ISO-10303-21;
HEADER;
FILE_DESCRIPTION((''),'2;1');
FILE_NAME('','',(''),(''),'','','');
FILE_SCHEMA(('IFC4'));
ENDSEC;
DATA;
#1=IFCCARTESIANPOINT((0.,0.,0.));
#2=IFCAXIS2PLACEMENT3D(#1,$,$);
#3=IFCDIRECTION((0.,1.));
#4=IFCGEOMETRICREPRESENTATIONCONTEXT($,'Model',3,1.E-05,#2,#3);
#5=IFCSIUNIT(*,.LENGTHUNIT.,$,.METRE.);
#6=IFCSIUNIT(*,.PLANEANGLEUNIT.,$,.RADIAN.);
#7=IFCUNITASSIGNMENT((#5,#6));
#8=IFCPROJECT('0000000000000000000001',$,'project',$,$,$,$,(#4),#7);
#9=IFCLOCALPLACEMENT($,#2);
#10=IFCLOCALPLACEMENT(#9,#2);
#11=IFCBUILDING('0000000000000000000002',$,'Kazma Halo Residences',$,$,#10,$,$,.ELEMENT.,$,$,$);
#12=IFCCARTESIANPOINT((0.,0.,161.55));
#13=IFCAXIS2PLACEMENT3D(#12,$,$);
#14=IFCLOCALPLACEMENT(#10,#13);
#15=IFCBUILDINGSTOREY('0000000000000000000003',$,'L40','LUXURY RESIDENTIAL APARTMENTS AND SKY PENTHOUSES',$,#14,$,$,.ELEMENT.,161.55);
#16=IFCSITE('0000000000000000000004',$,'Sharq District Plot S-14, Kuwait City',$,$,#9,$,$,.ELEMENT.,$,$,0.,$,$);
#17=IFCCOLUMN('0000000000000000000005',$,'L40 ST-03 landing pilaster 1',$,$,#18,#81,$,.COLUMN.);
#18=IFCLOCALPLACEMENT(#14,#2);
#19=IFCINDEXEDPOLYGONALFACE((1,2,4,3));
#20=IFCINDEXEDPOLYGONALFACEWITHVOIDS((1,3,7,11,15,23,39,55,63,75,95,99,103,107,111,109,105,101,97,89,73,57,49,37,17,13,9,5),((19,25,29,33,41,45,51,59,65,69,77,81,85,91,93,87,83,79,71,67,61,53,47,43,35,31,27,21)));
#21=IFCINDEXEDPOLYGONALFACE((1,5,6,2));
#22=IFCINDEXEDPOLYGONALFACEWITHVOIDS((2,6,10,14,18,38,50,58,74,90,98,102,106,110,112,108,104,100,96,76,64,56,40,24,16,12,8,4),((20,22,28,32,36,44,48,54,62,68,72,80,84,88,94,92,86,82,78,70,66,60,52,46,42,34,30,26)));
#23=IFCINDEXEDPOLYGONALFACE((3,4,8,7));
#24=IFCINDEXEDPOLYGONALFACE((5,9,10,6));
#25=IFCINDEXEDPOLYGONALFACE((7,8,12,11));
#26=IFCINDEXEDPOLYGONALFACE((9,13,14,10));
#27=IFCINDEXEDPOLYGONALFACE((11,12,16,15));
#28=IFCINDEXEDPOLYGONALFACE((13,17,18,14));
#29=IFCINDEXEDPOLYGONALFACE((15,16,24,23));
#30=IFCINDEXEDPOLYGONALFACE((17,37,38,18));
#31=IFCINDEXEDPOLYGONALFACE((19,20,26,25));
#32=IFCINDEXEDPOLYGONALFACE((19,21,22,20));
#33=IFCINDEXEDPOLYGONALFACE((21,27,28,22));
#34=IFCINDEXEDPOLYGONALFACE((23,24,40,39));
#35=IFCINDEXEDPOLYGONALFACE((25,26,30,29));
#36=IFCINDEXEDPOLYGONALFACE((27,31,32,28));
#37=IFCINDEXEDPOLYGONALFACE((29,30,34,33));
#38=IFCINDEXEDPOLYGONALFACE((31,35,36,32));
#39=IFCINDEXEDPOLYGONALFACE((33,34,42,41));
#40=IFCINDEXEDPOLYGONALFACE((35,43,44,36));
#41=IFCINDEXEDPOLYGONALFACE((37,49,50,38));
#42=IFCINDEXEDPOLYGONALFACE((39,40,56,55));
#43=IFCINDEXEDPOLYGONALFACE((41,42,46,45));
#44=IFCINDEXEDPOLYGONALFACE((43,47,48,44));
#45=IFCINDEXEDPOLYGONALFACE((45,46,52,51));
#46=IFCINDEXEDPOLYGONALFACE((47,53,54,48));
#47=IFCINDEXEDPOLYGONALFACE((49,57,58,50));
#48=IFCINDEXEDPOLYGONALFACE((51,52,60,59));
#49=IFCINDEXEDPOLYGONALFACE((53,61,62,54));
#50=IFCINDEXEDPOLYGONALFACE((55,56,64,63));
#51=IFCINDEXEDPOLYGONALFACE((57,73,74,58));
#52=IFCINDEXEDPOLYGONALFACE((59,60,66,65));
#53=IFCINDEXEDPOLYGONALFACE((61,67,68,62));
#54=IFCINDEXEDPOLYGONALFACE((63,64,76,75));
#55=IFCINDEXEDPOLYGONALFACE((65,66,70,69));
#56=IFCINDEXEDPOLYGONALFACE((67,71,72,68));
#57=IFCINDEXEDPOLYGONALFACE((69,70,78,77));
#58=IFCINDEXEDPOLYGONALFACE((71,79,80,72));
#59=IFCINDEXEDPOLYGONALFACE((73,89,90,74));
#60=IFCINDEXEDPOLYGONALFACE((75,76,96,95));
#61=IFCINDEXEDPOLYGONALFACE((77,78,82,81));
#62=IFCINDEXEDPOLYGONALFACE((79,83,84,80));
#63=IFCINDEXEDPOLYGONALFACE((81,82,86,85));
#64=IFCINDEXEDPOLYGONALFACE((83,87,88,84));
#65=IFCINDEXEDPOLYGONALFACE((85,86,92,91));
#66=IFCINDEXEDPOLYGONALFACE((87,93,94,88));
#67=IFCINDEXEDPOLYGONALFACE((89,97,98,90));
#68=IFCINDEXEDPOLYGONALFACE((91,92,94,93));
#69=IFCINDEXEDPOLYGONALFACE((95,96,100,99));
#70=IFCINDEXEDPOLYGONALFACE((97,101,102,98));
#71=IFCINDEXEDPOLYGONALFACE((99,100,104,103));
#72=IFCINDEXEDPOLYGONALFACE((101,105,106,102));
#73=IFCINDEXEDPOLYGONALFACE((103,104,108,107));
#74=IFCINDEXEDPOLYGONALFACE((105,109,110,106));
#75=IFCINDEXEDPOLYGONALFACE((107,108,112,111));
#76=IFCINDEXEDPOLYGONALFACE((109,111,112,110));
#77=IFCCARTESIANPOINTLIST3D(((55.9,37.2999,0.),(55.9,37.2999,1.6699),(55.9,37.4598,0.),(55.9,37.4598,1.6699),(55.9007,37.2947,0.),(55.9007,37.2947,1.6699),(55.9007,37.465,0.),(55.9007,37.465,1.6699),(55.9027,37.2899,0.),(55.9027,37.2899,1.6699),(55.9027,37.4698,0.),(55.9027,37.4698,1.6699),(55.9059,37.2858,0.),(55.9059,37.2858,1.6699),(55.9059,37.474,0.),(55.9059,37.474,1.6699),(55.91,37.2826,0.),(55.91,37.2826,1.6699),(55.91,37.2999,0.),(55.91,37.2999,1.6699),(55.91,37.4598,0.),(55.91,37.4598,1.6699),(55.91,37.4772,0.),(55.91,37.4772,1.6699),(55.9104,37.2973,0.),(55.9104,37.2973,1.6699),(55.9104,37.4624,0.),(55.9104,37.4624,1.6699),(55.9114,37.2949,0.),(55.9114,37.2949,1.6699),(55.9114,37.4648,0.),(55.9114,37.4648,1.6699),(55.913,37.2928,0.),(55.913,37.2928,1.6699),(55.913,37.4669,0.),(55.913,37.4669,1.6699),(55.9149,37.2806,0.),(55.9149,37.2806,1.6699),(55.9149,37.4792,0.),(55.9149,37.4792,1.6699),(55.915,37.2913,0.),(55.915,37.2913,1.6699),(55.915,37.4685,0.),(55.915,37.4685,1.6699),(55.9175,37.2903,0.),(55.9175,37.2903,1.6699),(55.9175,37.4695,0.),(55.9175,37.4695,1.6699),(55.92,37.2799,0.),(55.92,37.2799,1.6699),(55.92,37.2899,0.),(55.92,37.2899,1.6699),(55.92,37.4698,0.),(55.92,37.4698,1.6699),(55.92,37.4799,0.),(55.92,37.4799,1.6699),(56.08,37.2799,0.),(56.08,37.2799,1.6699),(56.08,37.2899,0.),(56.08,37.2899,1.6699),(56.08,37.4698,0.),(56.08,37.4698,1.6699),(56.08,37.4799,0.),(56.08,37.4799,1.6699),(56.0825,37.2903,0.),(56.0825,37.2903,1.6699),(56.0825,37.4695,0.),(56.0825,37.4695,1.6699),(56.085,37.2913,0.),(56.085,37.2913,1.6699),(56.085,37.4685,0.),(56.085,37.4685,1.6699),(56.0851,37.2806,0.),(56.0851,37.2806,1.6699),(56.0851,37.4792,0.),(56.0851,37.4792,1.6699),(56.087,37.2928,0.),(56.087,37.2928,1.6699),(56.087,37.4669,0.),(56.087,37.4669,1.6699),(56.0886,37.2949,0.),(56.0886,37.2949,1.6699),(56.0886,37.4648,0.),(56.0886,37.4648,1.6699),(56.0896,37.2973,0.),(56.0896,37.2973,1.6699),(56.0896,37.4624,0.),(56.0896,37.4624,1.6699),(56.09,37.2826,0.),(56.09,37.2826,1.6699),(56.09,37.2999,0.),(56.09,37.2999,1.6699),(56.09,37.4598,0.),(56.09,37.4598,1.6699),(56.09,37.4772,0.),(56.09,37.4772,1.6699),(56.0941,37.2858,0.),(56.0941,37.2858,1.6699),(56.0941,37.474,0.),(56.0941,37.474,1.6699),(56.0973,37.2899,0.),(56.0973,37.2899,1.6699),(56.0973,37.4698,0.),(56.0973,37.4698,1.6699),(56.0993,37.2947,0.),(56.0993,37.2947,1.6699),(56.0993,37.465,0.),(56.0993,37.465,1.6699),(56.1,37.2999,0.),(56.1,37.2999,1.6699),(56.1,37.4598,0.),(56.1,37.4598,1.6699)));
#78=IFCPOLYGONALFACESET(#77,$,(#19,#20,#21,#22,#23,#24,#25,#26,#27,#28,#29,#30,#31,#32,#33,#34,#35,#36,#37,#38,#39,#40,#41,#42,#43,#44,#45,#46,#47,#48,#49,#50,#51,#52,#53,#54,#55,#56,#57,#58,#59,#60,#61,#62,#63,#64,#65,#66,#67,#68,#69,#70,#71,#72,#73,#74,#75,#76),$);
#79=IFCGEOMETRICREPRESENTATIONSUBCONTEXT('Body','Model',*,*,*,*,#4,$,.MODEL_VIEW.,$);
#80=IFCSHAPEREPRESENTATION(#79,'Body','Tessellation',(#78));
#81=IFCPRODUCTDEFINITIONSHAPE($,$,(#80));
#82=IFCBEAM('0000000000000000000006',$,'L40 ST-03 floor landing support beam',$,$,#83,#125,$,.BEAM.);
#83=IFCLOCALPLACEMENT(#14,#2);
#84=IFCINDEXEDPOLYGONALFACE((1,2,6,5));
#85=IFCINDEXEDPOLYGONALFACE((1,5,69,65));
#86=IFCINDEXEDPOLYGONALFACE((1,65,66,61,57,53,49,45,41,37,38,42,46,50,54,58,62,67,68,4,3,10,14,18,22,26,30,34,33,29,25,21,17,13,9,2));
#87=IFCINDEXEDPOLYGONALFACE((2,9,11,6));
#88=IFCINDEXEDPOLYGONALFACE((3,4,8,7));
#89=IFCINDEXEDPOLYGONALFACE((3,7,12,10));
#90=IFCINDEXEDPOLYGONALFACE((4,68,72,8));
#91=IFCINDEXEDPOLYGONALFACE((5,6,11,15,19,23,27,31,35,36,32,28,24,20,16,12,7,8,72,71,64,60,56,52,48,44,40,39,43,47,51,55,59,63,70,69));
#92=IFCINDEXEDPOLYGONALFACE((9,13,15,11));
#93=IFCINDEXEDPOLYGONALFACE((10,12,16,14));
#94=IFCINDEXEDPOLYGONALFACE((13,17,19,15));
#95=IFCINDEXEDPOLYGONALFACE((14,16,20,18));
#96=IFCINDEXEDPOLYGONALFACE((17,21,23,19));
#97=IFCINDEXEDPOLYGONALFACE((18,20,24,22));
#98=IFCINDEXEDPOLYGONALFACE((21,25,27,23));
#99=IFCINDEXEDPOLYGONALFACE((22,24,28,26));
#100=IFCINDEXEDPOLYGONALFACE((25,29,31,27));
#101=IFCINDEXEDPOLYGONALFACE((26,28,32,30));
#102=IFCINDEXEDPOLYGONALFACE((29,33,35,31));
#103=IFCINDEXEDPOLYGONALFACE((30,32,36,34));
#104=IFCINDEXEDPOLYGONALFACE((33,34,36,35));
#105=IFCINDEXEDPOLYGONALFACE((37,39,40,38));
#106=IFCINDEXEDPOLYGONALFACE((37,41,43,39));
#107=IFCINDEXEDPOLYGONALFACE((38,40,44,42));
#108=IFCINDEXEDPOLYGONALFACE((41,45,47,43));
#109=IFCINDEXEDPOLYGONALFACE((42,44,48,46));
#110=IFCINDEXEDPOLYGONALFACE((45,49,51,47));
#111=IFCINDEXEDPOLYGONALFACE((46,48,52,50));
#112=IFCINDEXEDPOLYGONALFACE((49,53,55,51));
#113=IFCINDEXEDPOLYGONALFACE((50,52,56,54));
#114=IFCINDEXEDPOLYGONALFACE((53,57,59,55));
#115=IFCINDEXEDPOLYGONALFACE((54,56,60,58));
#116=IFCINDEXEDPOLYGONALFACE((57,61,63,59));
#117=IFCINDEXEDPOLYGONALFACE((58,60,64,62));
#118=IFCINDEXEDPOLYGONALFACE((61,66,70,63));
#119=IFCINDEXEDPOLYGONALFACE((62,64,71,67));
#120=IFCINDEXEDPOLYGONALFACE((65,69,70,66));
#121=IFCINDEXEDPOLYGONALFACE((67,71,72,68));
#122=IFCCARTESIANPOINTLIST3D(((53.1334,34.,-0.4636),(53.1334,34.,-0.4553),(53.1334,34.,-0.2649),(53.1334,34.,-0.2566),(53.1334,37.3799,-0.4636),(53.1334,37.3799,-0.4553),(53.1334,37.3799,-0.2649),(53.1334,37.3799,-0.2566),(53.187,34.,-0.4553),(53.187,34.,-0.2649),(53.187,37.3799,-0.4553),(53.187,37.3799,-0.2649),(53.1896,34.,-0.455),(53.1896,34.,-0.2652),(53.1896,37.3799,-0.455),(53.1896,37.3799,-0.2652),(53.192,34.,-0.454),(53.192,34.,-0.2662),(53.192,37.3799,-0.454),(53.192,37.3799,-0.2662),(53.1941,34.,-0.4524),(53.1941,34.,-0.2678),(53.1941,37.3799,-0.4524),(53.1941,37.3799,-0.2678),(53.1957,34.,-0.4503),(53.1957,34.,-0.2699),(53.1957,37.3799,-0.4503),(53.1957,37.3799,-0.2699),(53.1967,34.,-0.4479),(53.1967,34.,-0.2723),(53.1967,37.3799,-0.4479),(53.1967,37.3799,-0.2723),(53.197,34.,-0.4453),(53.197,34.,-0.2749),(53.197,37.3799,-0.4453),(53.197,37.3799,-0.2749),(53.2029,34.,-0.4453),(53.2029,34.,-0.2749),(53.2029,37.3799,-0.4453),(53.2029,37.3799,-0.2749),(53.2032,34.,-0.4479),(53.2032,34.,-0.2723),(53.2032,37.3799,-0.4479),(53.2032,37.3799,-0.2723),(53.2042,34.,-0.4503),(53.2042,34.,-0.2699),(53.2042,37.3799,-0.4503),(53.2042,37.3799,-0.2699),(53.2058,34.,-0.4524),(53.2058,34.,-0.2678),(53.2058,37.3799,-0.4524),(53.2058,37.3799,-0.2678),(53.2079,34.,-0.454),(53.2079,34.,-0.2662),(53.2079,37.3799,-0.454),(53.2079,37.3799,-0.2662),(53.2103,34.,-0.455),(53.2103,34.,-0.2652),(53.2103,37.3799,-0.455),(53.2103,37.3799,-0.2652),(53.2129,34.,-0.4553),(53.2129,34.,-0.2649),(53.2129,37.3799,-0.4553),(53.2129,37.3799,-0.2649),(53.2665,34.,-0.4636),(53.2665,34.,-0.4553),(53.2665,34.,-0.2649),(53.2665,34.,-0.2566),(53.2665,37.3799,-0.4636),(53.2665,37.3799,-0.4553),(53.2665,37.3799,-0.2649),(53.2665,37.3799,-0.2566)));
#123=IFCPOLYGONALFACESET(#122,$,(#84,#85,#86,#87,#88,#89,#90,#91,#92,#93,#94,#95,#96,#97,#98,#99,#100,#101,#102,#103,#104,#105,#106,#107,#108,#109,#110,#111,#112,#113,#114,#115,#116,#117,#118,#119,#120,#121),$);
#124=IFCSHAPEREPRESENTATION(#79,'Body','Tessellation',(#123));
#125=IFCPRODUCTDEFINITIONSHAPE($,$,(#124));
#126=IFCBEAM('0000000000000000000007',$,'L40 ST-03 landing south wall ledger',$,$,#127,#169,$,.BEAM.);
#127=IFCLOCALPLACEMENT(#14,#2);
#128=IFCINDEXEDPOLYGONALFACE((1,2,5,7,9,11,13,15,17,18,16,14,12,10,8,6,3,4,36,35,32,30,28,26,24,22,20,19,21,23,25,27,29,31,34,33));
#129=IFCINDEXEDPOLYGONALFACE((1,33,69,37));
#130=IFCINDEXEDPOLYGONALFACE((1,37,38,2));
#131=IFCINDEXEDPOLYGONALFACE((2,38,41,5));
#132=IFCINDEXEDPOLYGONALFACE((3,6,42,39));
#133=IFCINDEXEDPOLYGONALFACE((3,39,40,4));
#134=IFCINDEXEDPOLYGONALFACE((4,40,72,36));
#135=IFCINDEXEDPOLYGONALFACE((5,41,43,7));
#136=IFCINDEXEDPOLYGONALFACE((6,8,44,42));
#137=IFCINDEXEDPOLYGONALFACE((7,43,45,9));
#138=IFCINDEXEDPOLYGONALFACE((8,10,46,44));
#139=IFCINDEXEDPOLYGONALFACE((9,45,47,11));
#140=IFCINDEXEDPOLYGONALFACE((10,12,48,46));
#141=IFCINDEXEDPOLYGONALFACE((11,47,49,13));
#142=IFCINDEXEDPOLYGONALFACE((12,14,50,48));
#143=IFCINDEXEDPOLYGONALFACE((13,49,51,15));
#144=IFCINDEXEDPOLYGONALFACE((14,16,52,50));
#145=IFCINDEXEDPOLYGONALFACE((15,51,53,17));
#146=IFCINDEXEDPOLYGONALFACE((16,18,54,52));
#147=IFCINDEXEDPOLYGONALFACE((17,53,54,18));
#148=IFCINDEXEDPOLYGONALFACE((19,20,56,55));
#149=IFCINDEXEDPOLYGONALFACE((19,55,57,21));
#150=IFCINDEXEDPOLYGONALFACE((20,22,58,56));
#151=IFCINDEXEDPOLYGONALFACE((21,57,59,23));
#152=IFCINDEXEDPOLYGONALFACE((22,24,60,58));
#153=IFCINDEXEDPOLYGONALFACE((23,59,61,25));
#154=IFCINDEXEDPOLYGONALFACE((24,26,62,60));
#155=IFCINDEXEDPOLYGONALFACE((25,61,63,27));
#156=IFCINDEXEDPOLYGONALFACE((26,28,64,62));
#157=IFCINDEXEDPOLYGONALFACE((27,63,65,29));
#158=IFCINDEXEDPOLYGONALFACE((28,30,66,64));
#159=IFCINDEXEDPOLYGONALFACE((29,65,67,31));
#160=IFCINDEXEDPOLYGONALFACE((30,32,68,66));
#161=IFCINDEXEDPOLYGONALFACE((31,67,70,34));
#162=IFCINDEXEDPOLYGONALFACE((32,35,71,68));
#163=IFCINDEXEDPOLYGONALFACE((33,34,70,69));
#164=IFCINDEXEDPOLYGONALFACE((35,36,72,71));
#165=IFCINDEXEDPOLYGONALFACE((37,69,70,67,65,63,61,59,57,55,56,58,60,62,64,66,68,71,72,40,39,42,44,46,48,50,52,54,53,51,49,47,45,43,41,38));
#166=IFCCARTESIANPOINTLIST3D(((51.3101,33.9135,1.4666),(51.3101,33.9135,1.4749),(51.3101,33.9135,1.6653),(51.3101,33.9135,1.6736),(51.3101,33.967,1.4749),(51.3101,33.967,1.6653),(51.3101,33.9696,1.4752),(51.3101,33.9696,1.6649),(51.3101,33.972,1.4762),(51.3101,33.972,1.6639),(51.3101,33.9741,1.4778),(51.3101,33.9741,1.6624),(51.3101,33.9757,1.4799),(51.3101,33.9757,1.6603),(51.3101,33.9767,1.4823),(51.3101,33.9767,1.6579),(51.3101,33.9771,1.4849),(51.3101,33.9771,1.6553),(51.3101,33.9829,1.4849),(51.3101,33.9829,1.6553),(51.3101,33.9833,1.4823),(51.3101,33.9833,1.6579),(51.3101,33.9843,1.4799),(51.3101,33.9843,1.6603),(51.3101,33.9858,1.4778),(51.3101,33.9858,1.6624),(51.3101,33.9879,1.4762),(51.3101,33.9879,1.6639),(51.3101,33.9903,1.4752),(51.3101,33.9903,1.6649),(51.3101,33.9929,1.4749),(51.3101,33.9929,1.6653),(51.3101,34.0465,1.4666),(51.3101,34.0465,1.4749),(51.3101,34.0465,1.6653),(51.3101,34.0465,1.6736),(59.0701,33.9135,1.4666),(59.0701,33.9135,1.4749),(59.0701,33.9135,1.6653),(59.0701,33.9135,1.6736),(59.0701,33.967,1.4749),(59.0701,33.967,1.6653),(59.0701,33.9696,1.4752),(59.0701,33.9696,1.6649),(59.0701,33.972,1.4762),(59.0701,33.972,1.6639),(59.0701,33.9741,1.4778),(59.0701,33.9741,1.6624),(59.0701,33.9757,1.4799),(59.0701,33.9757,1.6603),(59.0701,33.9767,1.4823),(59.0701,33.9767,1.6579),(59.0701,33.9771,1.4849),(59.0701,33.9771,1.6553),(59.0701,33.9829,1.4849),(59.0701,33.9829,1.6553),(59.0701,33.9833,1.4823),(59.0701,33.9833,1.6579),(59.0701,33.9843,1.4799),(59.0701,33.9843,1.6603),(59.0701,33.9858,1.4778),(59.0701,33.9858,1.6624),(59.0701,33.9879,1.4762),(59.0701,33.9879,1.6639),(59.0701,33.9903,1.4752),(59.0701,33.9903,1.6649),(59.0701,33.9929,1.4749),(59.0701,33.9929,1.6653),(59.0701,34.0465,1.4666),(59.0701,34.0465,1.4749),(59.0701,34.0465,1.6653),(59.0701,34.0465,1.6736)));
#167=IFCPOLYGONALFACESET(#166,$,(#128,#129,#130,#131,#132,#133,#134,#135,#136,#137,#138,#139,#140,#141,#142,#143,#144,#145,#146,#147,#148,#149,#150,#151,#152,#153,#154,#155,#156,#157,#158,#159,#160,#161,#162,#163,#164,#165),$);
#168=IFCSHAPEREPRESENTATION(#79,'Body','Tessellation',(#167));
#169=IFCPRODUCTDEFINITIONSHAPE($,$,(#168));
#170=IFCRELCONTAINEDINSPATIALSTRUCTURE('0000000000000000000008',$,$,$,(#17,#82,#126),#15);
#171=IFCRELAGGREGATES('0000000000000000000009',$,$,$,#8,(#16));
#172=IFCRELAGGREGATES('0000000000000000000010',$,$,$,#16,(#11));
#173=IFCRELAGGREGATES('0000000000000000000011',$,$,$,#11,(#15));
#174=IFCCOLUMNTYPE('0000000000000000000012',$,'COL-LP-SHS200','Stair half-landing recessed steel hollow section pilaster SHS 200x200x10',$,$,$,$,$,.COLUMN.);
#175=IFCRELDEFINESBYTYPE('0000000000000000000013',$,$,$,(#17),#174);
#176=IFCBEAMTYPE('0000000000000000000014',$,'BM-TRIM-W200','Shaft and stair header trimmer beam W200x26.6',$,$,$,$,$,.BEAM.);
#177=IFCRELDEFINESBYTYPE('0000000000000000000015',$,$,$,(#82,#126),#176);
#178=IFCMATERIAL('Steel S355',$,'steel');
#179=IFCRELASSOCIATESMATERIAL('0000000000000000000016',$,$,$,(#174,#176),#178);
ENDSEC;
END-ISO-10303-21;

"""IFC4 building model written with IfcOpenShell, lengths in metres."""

from ifc_helpers import new_model, si_unit, direction, frame, origin, origin_2d, place, context, subcontext, project, spatial, hollow_rectangle, i_section, extrude, material, material_profile, profile_set, type_object, element, save


model = new_model("IFC4")

# Units and contexts
model_context = context("Model", 3, precision=1e-05, world=origin(), true_north=direction((0.0, 1.0)))
body_context = subcontext(model_context, "Body", "Model", "MODEL_VIEW")
ifc_project = project(units=[si_unit("LENGTHUNIT", "METRE"), si_unit("PLANEANGLEUNIT", "RADIAN")], contexts=[model_context])

# Site, building, storey
site_placement = place(None, origin())
site = spatial("IfcSite", under=ifc_project, at=site_placement, Name="Sharq District Plot S-14, Kuwait City", CompositionType="ELEMENT", RefElevation=0.0)
building_placement = place(site_placement, origin())
building = spatial("IfcBuilding", under=site, at=building_placement, Name="Kazma Halo Residences", CompositionType="ELEMENT")
storey_placement = place(building_placement, frame((0.0, 0.0, 161.55)))
storey = spatial("IfcBuildingStorey", under=building, at=storey_placement, Name="L40", Description="LUXURY RESIDENTIAL APARTMENTS AND SKY PENTHOUSES", CompositionType="ELEMENT", Elevation=161.55)

# Column
ifc_material_1 = material(Name="Steel S355", Category="steel")
ifc_material_profile_1 = material_profile(ifc_material_1, hollow_rectangle(XDim=0.2, YDim=0.2, WallThickness=0.01, InnerFilletRadius=0.01, OuterFilletRadius=0.02, at=origin_2d()), Name="SHS200x200x10")
ifc_profile_set_1 = profile_set([ifc_material_profile_1], Name="Steel S355")
column_type = type_object("IfcColumnType", Name="COL-LP-SHS200", Description="Stair half-landing recessed steel hollow section pilaster SHS 200x200x10", PredefinedType="COLUMN", material=ifc_profile_set_1)
column_placement = place(storey_placement, frame((56.0, 37.3799, 0.0), z_axis=(0.0, 0.0, 1.0), x_axis=(1.0, 0.0, 0.0)))
element("IfcColumn", 1, at=column_placement, inside=storey, type_object=column_type, Name="L40 ST-03 landing pilaster 1", PredefinedType="COLUMN", context=body_context, shape_type="SweptSolid", body=[
    extrude(hollow_rectangle(XDim=0.2, YDim=0.2, WallThickness=0.01, InnerFilletRadius=0.01, OuterFilletRadius=0.02, at=origin_2d()), origin(), (0.0, 0.0, 1.0), 1.6699),
])

# Beams
ifc_material_profile_2 = material_profile(ifc_material_1, i_section(OverallWidth=0.1331, OverallDepth=0.207, WebThickness=0.0059, FlangeThickness=0.0083, FilletRadius=0.01, at=origin_2d()), Name="W200x26.6")
ifc_profile_set_2 = profile_set([ifc_material_profile_2], Name="Steel S355")
beam_type = type_object("IfcBeamType", Name="BM-TRIM-W200", Description="Shaft and stair header trimmer beam W200x26.6", PredefinedType="BEAM", material=ifc_profile_set_2)
beam_1_placement = place(storey_placement, frame((53.2, 34.0, -0.3601), z_axis=(0.0, 1.0, 0.0), x_axis=(-1.0, 0.0, 0.0)))
element("IfcBeam", 2, at=beam_1_placement, inside=storey, type_object=beam_type, Name="L40 ST-03 floor landing support beam", PredefinedType="BEAM", context=body_context, shape_type="SweptSolid", body=[
    extrude(i_section(OverallWidth=0.1331, OverallDepth=0.207, WebThickness=0.0059, FlangeThickness=0.0083, FilletRadius=0.01, at=origin_2d()), origin(), (0.0, 0.0, 1.0), 3.3799),
])
beam_2_placement = place(storey_placement, frame((51.3101, 33.98, 1.5701), z_axis=(1.0, 0.0, 0.0), x_axis=(0.0, 1.0, 0.0)))
element("IfcBeam", 3, at=beam_2_placement, inside=storey, type_object=beam_type, Name="L40 ST-03 landing south wall ledger", PredefinedType="BEAM", context=body_context, shape_type="SweptSolid", body=[
    extrude(i_section(OverallWidth=0.1331, OverallDepth=0.207, WebThickness=0.0059, FlangeThickness=0.0083, FilletRadius=0.01, at=origin_2d()), origin(), (0.0, 0.0, 1.0), 7.76),
])

save(model, "model.ifc")
